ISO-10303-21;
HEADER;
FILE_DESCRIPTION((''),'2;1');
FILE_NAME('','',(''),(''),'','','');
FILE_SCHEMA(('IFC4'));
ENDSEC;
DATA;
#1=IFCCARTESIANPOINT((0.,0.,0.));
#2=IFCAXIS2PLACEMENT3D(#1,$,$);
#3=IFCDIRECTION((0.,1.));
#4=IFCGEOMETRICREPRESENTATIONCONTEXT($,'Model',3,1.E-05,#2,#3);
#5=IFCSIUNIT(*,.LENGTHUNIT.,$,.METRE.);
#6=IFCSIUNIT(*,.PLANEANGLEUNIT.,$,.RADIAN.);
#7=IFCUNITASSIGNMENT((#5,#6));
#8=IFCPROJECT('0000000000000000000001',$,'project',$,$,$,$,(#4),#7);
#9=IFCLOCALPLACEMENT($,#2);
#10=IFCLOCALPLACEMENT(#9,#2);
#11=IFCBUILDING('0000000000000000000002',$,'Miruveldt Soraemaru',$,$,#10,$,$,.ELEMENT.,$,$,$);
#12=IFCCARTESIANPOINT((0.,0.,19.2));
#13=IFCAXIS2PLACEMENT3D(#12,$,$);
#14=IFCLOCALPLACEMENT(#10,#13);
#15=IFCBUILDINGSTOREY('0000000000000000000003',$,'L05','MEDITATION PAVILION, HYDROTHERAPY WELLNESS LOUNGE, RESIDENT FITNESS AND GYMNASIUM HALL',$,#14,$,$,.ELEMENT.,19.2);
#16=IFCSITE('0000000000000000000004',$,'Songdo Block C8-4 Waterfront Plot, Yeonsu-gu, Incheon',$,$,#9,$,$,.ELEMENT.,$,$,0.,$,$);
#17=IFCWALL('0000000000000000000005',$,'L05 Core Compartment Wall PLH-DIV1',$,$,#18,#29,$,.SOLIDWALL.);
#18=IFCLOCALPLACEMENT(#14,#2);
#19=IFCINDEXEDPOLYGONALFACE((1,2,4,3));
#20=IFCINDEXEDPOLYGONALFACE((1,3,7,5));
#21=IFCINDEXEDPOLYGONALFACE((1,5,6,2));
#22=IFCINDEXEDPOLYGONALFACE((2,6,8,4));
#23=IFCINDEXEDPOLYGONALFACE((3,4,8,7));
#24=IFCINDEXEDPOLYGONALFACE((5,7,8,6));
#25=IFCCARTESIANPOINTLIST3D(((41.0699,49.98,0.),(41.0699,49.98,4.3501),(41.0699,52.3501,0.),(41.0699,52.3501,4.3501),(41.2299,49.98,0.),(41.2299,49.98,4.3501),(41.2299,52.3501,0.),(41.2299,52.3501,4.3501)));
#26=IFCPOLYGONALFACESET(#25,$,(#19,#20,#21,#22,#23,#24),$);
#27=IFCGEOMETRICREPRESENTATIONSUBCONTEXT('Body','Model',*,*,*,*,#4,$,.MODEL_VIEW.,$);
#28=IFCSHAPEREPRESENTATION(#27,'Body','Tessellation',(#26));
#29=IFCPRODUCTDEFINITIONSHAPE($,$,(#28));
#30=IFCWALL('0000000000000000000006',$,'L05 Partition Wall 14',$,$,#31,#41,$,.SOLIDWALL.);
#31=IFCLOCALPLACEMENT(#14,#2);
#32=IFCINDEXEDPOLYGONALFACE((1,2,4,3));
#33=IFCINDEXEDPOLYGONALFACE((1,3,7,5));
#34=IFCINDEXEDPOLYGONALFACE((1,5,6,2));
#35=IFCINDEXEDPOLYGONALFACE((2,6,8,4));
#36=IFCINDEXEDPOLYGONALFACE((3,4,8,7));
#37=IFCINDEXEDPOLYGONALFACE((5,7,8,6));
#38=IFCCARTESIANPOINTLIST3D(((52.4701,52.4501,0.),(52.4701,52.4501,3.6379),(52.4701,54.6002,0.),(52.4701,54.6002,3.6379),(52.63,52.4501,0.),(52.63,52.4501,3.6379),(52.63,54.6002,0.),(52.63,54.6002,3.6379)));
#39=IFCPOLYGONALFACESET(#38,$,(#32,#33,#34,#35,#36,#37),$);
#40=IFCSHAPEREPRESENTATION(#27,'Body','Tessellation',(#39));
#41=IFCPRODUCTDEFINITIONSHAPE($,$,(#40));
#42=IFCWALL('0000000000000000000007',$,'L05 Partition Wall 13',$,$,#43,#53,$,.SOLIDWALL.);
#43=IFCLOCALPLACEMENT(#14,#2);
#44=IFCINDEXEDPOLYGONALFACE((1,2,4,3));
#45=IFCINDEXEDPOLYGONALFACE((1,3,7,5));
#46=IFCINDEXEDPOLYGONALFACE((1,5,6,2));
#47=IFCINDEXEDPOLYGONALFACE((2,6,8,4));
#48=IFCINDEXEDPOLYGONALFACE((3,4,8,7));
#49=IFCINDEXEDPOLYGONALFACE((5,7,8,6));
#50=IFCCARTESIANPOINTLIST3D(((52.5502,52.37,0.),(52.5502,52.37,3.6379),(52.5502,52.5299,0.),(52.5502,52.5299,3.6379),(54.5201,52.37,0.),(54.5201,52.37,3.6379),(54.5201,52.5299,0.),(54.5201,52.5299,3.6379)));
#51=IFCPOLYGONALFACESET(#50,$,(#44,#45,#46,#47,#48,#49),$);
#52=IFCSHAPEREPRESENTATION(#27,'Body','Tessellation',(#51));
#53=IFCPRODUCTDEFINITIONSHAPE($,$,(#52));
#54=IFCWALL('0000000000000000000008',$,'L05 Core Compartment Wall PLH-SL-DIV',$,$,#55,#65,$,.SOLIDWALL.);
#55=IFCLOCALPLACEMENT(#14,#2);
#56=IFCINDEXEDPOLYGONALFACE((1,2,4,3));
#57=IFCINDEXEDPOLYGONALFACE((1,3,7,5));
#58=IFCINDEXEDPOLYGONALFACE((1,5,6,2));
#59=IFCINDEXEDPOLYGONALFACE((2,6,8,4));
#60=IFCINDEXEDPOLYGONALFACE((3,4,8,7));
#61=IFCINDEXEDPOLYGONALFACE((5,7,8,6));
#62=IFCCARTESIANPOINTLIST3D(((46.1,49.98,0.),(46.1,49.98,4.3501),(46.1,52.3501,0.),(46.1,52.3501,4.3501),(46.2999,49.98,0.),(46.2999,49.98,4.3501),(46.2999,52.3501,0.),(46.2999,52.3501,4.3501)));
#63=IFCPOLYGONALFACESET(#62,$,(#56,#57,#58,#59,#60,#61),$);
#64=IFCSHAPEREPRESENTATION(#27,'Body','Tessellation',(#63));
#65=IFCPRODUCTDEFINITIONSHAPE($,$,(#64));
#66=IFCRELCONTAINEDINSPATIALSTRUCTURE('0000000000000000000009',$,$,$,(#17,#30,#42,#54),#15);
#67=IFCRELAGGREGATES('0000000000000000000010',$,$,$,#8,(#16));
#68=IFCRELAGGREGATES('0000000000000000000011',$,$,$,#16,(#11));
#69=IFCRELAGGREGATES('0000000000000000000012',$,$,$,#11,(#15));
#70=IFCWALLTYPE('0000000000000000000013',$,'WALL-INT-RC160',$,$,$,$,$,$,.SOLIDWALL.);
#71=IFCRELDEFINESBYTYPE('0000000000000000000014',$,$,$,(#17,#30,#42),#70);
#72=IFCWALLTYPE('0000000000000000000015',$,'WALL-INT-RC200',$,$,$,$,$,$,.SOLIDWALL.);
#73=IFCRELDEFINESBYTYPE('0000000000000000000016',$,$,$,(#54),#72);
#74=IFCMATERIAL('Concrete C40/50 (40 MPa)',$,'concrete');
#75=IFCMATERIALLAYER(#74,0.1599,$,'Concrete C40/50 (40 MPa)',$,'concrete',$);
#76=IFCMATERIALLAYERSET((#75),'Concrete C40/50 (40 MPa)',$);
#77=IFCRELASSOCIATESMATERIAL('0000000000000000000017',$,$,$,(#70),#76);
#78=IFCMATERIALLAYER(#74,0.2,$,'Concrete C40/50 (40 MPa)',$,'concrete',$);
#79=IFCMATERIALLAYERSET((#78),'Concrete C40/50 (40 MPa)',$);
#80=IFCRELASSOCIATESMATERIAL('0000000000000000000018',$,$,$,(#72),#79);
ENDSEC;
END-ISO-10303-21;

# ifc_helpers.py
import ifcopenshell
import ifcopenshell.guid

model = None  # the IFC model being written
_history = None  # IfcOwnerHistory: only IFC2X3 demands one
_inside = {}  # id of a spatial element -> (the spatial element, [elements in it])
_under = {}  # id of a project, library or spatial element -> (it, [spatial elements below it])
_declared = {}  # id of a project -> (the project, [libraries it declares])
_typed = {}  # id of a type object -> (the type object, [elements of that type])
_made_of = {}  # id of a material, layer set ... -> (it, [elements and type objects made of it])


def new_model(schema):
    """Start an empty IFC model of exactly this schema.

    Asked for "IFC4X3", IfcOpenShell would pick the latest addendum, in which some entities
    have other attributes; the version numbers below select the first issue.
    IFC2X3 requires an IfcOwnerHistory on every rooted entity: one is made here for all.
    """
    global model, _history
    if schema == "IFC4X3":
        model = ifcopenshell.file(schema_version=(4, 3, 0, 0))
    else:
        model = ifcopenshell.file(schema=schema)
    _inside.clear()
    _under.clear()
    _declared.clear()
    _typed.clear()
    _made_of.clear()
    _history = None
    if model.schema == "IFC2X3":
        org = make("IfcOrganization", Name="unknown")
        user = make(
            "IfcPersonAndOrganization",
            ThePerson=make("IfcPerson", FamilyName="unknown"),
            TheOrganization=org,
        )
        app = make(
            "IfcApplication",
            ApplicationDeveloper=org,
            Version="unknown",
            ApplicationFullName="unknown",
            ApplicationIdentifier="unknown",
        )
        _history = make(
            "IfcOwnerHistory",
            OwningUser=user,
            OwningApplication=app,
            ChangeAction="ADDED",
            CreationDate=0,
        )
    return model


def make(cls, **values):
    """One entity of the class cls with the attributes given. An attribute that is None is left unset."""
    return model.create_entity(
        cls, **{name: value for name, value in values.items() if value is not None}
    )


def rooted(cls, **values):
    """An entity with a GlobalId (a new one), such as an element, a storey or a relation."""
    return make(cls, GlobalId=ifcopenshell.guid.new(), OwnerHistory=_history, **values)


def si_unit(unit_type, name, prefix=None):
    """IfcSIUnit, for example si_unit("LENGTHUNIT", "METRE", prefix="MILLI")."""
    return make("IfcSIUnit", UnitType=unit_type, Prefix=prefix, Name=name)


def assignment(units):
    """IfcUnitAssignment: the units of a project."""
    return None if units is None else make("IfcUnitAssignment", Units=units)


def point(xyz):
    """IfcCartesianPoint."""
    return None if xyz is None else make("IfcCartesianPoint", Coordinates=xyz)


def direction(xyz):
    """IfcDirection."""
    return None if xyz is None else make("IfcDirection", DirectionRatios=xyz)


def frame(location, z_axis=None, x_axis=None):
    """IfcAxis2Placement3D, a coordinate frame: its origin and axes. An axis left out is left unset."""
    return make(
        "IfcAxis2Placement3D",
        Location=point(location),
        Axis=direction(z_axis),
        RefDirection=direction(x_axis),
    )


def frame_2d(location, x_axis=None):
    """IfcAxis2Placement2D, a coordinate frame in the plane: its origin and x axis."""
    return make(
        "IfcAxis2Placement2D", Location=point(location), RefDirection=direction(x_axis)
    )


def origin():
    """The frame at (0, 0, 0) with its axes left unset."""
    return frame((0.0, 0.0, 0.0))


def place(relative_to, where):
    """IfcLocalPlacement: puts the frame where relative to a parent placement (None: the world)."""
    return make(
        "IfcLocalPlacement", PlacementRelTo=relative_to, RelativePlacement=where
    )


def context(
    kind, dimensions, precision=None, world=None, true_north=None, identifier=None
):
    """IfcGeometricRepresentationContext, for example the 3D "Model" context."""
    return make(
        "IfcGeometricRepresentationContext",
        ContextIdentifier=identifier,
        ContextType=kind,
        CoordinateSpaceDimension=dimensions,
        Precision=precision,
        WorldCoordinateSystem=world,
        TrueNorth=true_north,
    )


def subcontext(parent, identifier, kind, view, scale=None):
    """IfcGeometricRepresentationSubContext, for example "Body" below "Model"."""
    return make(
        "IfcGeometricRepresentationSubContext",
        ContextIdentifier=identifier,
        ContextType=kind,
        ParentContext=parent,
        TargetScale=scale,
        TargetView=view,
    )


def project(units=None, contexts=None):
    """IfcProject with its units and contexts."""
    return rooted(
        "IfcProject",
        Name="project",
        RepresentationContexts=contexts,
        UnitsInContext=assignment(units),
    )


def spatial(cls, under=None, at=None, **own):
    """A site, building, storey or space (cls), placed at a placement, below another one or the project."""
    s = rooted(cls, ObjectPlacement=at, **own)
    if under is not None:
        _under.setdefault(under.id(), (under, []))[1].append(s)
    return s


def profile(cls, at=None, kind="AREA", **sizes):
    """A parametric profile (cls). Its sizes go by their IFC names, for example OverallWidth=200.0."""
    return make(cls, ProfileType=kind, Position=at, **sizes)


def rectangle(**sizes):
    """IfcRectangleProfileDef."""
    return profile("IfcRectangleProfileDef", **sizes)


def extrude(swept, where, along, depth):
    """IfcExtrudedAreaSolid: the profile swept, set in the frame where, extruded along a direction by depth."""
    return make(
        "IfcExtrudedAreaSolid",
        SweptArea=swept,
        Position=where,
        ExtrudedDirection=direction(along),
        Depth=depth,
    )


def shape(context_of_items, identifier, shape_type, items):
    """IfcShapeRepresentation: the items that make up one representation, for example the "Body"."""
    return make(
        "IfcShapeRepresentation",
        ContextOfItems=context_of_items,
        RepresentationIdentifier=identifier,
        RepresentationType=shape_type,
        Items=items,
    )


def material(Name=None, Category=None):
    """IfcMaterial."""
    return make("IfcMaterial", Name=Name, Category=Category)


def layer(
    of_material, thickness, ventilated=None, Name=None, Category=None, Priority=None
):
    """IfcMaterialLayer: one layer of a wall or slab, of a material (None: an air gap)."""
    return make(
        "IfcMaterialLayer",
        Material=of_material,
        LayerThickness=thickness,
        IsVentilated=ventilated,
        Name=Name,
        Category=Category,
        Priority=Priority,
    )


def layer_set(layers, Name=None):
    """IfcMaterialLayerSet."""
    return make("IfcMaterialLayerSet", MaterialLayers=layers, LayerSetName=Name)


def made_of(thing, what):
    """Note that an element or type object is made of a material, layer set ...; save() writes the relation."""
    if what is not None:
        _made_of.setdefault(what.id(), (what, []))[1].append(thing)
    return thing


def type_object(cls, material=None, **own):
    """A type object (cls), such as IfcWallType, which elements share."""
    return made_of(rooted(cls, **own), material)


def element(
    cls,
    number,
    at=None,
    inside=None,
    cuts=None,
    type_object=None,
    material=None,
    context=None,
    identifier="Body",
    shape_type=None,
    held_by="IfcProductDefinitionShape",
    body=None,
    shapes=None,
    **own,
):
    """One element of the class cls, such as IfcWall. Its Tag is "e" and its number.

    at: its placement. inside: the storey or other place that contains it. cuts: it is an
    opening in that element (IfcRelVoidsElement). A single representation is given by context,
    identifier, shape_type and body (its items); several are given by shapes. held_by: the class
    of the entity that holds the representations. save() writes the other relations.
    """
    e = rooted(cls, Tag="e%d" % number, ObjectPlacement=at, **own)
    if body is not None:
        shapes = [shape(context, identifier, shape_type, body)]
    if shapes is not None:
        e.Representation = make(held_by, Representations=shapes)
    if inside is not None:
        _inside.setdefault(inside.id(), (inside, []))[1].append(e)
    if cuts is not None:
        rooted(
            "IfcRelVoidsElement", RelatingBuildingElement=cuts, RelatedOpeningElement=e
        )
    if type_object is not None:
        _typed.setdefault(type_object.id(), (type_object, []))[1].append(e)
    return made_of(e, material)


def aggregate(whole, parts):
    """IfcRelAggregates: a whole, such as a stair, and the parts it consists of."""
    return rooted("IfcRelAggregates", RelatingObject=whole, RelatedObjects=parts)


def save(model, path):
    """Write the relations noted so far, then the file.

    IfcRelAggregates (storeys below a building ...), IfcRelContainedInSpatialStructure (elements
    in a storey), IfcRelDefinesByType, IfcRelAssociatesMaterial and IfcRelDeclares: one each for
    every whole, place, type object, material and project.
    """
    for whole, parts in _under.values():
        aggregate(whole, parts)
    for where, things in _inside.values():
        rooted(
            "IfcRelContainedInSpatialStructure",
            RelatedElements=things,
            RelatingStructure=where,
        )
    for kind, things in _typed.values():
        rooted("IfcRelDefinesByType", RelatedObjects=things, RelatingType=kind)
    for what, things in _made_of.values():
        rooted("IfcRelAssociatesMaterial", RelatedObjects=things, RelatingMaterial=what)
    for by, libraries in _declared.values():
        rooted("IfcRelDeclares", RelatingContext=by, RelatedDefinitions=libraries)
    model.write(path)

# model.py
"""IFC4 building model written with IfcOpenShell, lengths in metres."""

from ifc_helpers import new_model, si_unit, direction, frame, frame_2d, origin, place, context, subcontext, project, spatial, rectangle, extrude, material, layer, layer_set, type_object, element, save


model = new_model("IFC4")

# Units and contexts
model_context = context("Model", 3, precision=1e-05, world=origin(), true_north=direction((0.0, 1.0)))
body_context = subcontext(model_context, "Body", "Model", "MODEL_VIEW")
ifc_project = project(units=[si_unit("LENGTHUNIT", "METRE"), si_unit("PLANEANGLEUNIT", "RADIAN")], contexts=[model_context])

# Site, building, storey
site_placement = place(None, origin())
site = spatial("IfcSite", under=ifc_project, at=site_placement, Name="Songdo Block C8-4 Waterfront Plot, Yeonsu-gu, Incheon", CompositionType="ELEMENT", RefElevation=0.0)
building_placement = place(site_placement, origin())
building = spatial("IfcBuilding", under=site, at=building_placement, Name="Miruveldt Soraemaru", CompositionType="ELEMENT")
storey_placement = place(building_placement, frame((0.0, 0.0, 19.2)))
storey = spatial("IfcBuildingStorey", under=building, at=storey_placement, Name="L05", Description="MEDITATION PAVILION, HYDROTHERAPY WELLNESS LOUNGE, RESIDENT FITNESS AND GYMNASIUM HALL", CompositionType="ELEMENT", Elevation=19.2)

# Shared definitions
ifc_material_1 = material(Name="Concrete C40/50 (40 MPa)", Category="concrete")
ifc_layer_1 = layer(ifc_material_1, 0.1599, Name="Concrete C40/50 (40 MPa)", Category="concrete")
ifc_layer_set_1 = layer_set([ifc_layer_1], Name="Concrete C40/50 (40 MPa)")
wall_type_1 = type_object("IfcWallType", Name="WALL-INT-RC160", PredefinedType="SOLIDWALL", material=ifc_layer_set_1)

# Walls
wall_1_placement = place(storey_placement, frame((41.1499, 49.98, 0.0), z_axis=(0.0, 0.0, 1.0), x_axis=(0.0, 1.0, 0.0)))
element("IfcWall", 1, at=wall_1_placement, inside=storey, type_object=wall_type_1, Name="L05 Core Compartment Wall PLH-DIV1", PredefinedType="SOLIDWALL", context=body_context, shape_type="SweptSolid", body=[
    extrude(rectangle(XDim=2.3701, YDim=0.1599, at=frame_2d((1.1851, 0.0))), origin(), (0.0, 0.0, 1.0), 4.3501),
])
wall_2_placement = place(storey_placement, frame((52.55, 52.45, 0.0), z_axis=(0.0, 0.0, 1.0), x_axis=(0.0, 1.0, 0.0)))
element("IfcWall", 2, at=wall_2_placement, inside=storey, type_object=wall_type_1, Name="L05 Partition Wall 14", PredefinedType="SOLIDWALL", context=body_context, shape_type="SweptSolid", body=[
    extrude(rectangle(XDim=2.1501, YDim=0.1599, at=frame_2d((1.0752, 0.0))), origin(), (0.0, 0.0, 1.0), 3.6379),
])
wall_3_placement = place(storey_placement, frame((54.52, 52.45, 0.0), z_axis=(0.0, 0.0, 1.0), x_axis=(-1.0, 0.0, 0.0)))
element("IfcWall", 3, at=wall_3_placement, inside=storey, type_object=wall_type_1, Name="L05 Partition Wall 13", PredefinedType="SOLIDWALL", context=body_context, shape_type="SweptSolid", body=[
    extrude(rectangle(XDim=1.97, YDim=0.1599, at=frame_2d((0.9849, 0.0))), origin(), (0.0, 0.0, 1.0), 3.6379),
])

# Shared definitions
ifc_layer_2 = layer(ifc_material_1, 0.2, Name="Concrete C40/50 (40 MPa)", Category="concrete")
ifc_layer_set_2 = layer_set([ifc_layer_2], Name="Concrete C40/50 (40 MPa)")
wall_type_2 = type_object("IfcWallType", Name="WALL-INT-RC200", PredefinedType="SOLIDWALL", material=ifc_layer_set_2)

# Wall
wall_4_placement = place(storey_placement, frame((46.2, 49.98, 0.0), z_axis=(0.0, 0.0, 1.0), x_axis=(0.0, 1.0, 0.0)))
element("IfcWall", 4, at=wall_4_placement, inside=storey, type_object=wall_type_2, Name="L05 Core Compartment Wall PLH-SL-DIV", PredefinedType="SOLIDWALL", context=body_context, shape_type="SweptSolid", body=[
    extrude(rectangle(XDim=2.3701, YDim=0.2, at=frame_2d((1.1851, 0.0))), origin(), (0.0, 0.0, 1.0), 4.3501),
])

save(model, "model.ifc")
